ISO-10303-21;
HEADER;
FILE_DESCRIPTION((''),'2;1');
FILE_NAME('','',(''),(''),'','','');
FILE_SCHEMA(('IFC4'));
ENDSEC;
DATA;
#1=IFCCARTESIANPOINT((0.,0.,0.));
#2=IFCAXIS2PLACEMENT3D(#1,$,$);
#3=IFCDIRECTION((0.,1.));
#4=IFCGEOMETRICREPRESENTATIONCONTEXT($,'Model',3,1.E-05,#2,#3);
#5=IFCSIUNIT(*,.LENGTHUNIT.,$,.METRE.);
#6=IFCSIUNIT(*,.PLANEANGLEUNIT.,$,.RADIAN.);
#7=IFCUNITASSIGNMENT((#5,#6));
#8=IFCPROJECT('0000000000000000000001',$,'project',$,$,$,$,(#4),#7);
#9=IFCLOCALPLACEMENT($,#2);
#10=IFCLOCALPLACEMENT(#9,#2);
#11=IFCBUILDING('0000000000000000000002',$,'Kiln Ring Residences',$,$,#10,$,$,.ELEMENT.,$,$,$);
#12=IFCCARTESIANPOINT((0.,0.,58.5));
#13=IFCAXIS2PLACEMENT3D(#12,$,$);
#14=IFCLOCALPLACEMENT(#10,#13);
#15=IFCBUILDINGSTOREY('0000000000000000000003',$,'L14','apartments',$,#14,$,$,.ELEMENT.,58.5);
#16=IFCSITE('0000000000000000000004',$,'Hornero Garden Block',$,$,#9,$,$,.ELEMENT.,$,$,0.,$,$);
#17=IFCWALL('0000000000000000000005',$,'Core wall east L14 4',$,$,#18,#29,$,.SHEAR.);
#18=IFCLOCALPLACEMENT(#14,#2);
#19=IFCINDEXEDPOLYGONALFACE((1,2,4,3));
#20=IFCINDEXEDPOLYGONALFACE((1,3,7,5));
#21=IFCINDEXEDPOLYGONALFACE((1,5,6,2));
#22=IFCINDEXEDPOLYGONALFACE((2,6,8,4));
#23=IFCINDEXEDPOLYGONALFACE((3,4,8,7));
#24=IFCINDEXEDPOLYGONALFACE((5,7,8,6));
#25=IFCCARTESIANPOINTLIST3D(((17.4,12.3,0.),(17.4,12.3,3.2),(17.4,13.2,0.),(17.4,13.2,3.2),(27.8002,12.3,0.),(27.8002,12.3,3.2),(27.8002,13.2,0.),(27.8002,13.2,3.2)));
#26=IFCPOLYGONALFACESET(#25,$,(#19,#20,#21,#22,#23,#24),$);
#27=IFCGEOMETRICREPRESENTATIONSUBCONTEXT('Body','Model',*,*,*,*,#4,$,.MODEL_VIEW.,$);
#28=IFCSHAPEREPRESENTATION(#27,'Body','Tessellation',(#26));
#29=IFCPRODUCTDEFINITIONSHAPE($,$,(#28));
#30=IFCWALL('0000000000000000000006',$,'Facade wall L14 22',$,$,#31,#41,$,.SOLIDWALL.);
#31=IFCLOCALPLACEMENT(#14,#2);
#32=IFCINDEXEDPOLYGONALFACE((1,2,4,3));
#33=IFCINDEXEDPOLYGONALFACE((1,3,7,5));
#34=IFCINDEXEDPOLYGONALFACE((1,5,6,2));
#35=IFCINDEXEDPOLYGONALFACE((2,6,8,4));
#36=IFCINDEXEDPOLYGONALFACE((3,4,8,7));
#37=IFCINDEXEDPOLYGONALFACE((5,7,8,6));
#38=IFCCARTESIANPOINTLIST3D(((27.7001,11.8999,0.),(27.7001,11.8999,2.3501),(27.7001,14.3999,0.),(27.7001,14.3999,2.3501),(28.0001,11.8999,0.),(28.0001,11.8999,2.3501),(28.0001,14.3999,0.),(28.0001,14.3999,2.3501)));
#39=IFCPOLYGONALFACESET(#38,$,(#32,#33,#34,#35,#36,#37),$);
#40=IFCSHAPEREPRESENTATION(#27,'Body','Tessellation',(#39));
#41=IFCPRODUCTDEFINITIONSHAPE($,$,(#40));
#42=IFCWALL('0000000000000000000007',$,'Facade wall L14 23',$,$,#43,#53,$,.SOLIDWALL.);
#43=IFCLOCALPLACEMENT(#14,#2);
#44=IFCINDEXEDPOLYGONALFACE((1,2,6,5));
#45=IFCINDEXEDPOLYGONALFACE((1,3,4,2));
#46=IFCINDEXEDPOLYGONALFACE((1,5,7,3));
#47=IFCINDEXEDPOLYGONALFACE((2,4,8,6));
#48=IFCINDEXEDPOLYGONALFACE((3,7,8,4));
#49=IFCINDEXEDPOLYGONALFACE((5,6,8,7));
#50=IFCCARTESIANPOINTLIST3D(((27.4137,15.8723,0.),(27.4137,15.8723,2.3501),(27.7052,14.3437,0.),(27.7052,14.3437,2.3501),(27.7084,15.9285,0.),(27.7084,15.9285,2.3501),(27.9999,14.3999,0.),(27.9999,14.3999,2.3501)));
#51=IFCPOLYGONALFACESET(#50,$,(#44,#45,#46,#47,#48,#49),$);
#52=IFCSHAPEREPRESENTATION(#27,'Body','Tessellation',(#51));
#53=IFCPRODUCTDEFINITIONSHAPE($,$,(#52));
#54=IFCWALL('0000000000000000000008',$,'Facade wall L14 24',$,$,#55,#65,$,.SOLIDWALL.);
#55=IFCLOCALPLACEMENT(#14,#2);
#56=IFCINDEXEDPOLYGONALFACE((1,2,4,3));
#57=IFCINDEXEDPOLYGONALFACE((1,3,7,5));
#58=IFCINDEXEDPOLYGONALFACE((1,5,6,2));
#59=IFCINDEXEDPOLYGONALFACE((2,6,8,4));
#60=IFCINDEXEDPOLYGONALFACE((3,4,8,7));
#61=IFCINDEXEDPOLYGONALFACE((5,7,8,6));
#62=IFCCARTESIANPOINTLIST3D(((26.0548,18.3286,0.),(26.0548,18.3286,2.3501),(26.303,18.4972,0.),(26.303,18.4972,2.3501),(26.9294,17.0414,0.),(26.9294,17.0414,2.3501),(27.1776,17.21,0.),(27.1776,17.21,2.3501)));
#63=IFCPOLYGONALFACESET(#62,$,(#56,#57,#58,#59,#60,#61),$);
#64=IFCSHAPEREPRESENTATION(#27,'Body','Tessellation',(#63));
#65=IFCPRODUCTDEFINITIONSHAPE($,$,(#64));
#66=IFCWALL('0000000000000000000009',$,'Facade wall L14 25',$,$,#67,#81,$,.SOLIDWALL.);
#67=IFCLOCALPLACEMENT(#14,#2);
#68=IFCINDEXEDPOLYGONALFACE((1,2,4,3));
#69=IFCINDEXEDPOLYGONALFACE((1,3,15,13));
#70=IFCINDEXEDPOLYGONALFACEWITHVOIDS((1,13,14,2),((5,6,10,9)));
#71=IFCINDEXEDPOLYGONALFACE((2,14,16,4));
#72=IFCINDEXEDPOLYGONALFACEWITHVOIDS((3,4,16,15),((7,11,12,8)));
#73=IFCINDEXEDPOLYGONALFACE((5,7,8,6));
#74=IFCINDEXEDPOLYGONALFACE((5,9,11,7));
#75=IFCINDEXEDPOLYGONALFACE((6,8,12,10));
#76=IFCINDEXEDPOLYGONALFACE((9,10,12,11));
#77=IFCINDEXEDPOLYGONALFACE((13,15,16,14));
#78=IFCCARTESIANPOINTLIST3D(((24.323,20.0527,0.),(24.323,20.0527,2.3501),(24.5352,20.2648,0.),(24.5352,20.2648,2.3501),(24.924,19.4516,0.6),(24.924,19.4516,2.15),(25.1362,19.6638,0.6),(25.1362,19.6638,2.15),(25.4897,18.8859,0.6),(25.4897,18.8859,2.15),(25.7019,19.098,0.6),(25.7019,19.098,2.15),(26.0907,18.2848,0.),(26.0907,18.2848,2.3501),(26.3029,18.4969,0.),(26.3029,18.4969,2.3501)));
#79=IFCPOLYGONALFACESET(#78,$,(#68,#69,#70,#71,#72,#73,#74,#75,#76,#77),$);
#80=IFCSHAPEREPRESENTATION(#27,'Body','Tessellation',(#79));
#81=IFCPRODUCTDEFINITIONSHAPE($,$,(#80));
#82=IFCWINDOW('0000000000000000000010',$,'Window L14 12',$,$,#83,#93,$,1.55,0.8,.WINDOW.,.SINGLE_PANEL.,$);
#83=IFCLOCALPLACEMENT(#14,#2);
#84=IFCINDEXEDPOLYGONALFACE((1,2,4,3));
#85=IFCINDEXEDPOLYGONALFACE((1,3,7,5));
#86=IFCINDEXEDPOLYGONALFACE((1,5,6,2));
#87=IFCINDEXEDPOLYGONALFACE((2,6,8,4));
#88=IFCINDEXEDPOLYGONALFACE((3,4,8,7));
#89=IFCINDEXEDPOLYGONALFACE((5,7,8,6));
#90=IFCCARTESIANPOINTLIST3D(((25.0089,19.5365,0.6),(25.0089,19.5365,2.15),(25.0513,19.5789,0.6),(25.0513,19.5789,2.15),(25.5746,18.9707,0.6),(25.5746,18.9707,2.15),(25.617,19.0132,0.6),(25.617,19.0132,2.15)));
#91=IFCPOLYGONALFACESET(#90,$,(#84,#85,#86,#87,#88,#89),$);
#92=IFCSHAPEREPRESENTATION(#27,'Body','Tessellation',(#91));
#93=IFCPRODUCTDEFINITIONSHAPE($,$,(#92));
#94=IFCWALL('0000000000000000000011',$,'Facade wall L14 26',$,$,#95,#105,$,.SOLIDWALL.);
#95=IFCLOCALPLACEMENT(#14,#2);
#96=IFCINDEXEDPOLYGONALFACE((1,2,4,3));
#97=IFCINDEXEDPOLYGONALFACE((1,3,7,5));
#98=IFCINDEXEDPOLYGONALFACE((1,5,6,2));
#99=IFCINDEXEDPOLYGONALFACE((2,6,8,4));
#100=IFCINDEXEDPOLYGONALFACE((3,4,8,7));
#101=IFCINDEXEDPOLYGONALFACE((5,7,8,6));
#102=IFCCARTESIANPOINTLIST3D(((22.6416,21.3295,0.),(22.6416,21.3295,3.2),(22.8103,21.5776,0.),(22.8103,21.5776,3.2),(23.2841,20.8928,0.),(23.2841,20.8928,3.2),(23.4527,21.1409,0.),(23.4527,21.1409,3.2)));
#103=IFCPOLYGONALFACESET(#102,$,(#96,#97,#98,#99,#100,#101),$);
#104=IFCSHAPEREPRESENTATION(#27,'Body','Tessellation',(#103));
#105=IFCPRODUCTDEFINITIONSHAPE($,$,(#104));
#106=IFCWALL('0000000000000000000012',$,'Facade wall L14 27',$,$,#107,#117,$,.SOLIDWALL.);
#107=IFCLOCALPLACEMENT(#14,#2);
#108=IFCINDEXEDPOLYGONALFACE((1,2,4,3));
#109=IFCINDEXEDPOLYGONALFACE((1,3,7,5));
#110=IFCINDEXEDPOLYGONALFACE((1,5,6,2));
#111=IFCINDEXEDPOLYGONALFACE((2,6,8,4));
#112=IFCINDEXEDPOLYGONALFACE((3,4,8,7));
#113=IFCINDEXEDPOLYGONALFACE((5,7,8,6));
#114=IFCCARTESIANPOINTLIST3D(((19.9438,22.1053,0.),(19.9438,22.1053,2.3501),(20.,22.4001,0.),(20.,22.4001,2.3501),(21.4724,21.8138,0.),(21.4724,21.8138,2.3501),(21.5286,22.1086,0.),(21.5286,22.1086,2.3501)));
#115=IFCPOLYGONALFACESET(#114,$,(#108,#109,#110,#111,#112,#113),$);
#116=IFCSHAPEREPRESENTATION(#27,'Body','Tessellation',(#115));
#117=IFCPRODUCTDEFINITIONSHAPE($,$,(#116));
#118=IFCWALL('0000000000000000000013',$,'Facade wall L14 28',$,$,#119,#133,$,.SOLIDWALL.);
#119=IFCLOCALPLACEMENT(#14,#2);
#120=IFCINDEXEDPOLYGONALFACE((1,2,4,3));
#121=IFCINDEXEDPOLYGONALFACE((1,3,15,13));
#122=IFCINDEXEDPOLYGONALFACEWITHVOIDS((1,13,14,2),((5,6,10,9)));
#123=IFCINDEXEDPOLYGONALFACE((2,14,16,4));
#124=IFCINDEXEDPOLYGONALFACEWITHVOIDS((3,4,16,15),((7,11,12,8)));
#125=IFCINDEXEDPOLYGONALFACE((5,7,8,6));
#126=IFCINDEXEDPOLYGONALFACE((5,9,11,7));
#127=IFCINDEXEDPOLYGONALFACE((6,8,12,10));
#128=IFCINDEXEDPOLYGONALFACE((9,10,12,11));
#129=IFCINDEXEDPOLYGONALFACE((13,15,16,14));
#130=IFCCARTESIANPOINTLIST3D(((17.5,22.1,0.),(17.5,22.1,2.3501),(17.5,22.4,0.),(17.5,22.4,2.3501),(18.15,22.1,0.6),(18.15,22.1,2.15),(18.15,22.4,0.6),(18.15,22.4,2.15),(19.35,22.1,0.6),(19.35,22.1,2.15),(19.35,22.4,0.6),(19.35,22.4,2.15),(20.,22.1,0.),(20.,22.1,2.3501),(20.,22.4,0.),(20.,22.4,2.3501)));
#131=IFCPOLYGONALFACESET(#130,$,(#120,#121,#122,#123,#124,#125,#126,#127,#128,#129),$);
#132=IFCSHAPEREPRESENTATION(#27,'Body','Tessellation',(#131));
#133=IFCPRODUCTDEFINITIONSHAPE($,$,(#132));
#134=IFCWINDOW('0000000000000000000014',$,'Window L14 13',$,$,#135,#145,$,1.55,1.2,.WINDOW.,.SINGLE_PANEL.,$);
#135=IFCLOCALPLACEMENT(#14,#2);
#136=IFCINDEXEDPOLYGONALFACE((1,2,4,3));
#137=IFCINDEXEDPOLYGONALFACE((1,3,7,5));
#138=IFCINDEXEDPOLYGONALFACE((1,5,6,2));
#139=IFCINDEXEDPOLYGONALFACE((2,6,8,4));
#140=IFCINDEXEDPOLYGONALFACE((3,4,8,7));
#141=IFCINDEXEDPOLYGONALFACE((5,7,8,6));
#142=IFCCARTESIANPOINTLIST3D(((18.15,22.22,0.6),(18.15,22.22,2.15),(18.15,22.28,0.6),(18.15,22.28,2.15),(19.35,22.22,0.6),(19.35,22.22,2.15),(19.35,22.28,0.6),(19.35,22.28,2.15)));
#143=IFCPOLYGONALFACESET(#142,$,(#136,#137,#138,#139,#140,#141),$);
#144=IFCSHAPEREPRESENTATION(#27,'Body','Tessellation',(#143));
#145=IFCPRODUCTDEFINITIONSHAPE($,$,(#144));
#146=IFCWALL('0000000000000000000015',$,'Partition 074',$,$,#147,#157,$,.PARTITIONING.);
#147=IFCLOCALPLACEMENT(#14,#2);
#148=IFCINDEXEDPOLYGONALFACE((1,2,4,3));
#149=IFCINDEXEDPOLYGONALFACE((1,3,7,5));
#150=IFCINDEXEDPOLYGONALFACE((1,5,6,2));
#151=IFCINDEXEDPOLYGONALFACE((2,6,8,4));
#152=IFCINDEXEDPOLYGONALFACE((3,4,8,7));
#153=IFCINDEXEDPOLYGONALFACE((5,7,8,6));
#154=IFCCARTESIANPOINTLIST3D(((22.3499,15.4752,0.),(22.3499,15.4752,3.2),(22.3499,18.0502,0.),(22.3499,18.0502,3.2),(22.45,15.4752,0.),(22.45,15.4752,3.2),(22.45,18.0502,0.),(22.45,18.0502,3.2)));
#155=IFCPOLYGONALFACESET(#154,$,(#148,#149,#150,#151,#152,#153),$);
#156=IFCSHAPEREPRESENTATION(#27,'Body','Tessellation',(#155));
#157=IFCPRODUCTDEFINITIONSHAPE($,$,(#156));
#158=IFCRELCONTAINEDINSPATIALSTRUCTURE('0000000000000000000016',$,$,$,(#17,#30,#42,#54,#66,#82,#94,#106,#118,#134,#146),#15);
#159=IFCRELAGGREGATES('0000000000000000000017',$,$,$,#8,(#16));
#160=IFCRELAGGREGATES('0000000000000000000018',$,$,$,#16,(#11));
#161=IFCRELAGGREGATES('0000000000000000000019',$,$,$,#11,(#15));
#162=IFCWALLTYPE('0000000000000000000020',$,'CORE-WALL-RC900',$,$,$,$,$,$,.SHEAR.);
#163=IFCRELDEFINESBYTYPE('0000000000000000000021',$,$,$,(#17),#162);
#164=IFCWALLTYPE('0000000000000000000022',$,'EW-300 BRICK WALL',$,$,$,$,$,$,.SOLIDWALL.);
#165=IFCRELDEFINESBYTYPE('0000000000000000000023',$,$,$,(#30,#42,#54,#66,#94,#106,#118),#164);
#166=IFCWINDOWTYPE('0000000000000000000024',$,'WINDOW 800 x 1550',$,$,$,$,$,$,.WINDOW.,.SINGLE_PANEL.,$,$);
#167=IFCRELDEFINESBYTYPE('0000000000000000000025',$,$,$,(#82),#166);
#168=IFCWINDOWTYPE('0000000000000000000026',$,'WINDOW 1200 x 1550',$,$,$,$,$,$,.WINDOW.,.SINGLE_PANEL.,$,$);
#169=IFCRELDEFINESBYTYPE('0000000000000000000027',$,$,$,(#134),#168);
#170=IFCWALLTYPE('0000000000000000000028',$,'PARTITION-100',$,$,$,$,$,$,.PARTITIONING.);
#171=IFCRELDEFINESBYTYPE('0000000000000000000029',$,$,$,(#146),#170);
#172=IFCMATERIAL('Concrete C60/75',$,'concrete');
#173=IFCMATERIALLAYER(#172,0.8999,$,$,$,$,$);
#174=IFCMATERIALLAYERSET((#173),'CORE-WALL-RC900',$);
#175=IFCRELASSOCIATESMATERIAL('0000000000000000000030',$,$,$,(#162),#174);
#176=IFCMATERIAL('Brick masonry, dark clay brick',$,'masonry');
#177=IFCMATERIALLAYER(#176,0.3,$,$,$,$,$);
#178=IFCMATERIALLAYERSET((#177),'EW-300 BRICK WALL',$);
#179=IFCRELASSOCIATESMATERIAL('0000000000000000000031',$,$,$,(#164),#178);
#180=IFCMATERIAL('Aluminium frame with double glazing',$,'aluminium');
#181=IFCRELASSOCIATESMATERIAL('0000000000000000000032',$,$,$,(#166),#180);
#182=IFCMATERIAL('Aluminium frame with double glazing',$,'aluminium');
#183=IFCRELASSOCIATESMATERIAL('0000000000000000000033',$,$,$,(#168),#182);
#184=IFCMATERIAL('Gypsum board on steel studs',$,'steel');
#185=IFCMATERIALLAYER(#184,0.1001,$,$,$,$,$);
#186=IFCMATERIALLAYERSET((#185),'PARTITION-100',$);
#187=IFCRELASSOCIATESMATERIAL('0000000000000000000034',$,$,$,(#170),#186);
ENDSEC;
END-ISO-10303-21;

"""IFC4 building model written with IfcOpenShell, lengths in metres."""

from ifc_helpers import new_model, si_unit, direction, frame, frame_2d, origin, place, context, subcontext, project, spatial, rectangle, extrude, material, layer, layer_set, type_object, element, fill, save


model = new_model("IFC4")

# Units and contexts
model_context = context("Model", 3, precision=1e-05, world=origin(), true_north=direction((0.0, 1.0)))
body_context = subcontext(model_context, "Body", "Model", "MODEL_VIEW")
ifc_project = project(units=[si_unit("LENGTHUNIT", "METRE"), si_unit("PLANEANGLEUNIT", "RADIAN")], contexts=[model_context])

# Site, building, storey
site_placement = place(None, origin())
site = spatial("IfcSite", under=ifc_project, at=site_placement, Name="Hornero Garden Block", CompositionType="ELEMENT", RefElevation=0.0)
building_placement = place(site_placement, origin())
building = spatial("IfcBuilding", under=site, at=building_placement, Name="Kiln Ring Residences", CompositionType="ELEMENT")
storey_placement = place(building_placement, frame((0.0, 0.0, 58.5)))
storey = spatial("IfcBuildingStorey", under=building, at=storey_placement, Name="L14", Description="apartments", CompositionType="ELEMENT", Elevation=58.5)

# Walls
ifc_material_1 = material(Name="Concrete C60/75", Category="concrete")
ifc_layer_1 = layer(ifc_material_1, 0.8999)
ifc_layer_set_1 = layer_set([ifc_layer_1], Name="CORE-WALL-RC900")
wall_type_1 = type_object("IfcWallType", Name="CORE-WALL-RC900", PredefinedType="SHEAR", material=ifc_layer_set_1)
wall_1_placement = place(storey_placement, frame((17.3999, 12.75, 0.0), z_axis=(0.0, 0.0, 1.0), x_axis=(1.0, 0.0, 0.0)))
element("IfcWall", 1, at=wall_1_placement, inside=storey, type_object=wall_type_1, Name="Core wall east L14 4", PredefinedType="SHEAR", context=body_context, shape_type="SweptSolid", body=[
    extrude(rectangle(XDim=10.4001, YDim=0.8999, at=frame_2d((5.2002, 0.0))), origin(), (0.0, 0.0, 1.0), 3.2),
])
ifc_material_2 = material(Name="Brick masonry, dark clay brick", Category="masonry")
ifc_layer_2 = layer(ifc_material_2, 0.3)
ifc_layer_set_2 = layer_set([ifc_layer_2], Name="EW-300 BRICK WALL")
wall_type_2 = type_object("IfcWallType", Name="EW-300 BRICK WALL", PredefinedType="SOLIDWALL", material=ifc_layer_set_2)
wall_2_placement = place(storey_placement, frame((27.8501, 11.8999, 0.0), z_axis=(0.0, 0.0, 1.0), x_axis=(0.0, 1.0, 0.0)))
element("IfcWall", 2, at=wall_2_placement, inside=storey, type_object=wall_type_2, Name="Facade wall L14 22", PredefinedType="SOLIDWALL", context=body_context, shape_type="SweptSolid", body=[
    extrude(rectangle(XDim=2.5, YDim=0.3, at=frame_2d((1.25, 0.0))), origin(), (0.0, 0.0, 1.0), 2.3501),
])
for number, where, z_axis, x_axis, name in (
    (3, (27.8525, 14.3718, 0.0), (0.0, 0.0, 1.0), (-0.187328, 0.982297, 0.0), "Facade wall L14 23"),
    (4, (27.0535, 17.1257, 0.0), (0.0, 0.0, 1.0), (-0.561992, 0.827142, 0.0), "Facade wall L14 24"),
):
    element("IfcWall", number, at=place(storey_placement, frame(where, z_axis=z_axis, x_axis=x_axis)), inside=storey, type_object=wall_type_2, Name=name, PredefinedType="SOLIDWALL", context=body_context, shape_type="SweptSolid", body=[
        extrude(rectangle(XDim=1.5562, YDim=0.3, at=frame_2d((0.7781, 0.0))), origin(), (0.0, 0.0, 1.0), 2.3501),
    ])

# Wall, opening, window
wall_3_placement = place(storey_placement, frame((26.1968, 18.3909, 0.0), z_axis=(0.0, 0.0, 1.0), x_axis=(-0.707058, 0.707156, 0.0)))
wall_3 = element("IfcWall", 5, at=wall_3_placement, inside=storey, type_object=wall_type_2, Name="Facade wall L14 25", PredefinedType="SOLIDWALL", context=body_context, shape_type="SweptSolid", body=[
    extrude(rectangle(XDim=2.5, YDim=0.3, at=frame_2d((1.25, 0.0))), origin(), (0.0, 0.0, 1.0), 2.3501),
])
opening_1_placement = place(wall_3_placement, frame((0.8501, 0.0, 0.6001)))
opening_1 = element("IfcOpeningElement", 6, at=opening_1_placement, cuts=wall_3, PredefinedType="OPENING", context=body_context, shape_type="SweptSolid", body=[
    extrude(rectangle(XDim=0.8, YDim=1.55, at=frame_2d((0.3999, 0.7749))), frame((0.0, 0.1599, 0.0), z_axis=(0.0, -1.0, 0.0), x_axis=(1.0, 0.0, 0.0)), (0.0, 0.0, 1.0), 0.3201),
])
ifc_material_3 = material(Name="Aluminium frame with double glazing", Category="aluminium")
window_type_1 = type_object("IfcWindowType", Name="WINDOW 800 x 1550", PartitioningType="SINGLE_PANEL", PredefinedType="WINDOW", material=ifc_material_3)
window_1_placement = place(opening_1_placement, origin())
window_1 = element("IfcWindow", 7, at=window_1_placement, inside=storey, type_object=window_type_1, Name="Window L14 12", OverallHeight=1.55, OverallWidth=0.8, PartitioningType="SINGLE_PANEL", PredefinedType="WINDOW", context=body_context, shape_type="SweptSolid", body=[
    extrude(rectangle(XDim=0.8, YDim=1.55, at=frame_2d((0.3999, 0.7749))), frame((0.0, 0.03, 0.0), z_axis=(0.0, -1.0, 0.0), x_axis=(1.0, 0.0, 0.0)), (0.0, 0.0, 1.0), 0.0601),
])
fill(opening_1, window_1)

# Walls
wall_4_placement = place(storey_placement, frame((23.3684, 21.0168, 0.0), z_axis=(0.0, 0.0, 1.0), x_axis=(-0.827038, 0.562147, 0.0)))
element("IfcWall", 8, at=wall_4_placement, inside=storey, type_object=wall_type_2, Name="Facade wall L14 26", PredefinedType="SOLIDWALL", context=body_context, shape_type="SweptSolid", body=[
    extrude(rectangle(XDim=0.7769, YDim=0.3, at=frame_2d((0.3884, 0.0))), origin(), (0.0, 0.0, 1.0), 3.2),
])
wall_5_placement = place(storey_placement, frame((21.5005, 21.9612, 0.0), z_axis=(0.0, 0.0, 1.0), x_axis=(-0.982297, 0.187328, 0.0)))
element("IfcWall", 9, at=wall_5_placement, inside=storey, type_object=wall_type_2, Name="Facade wall L14 27", PredefinedType="SOLIDWALL", context=body_context, shape_type="SweptSolid", body=[
    extrude(rectangle(XDim=1.5562, YDim=0.3, at=frame_2d((0.7781, 0.0))), origin(), (0.0, 0.0, 1.0), 2.3501),
])

# Wall, opening, window
wall_6_placement = place(storey_placement, frame((20.0, 22.25, 0.0), z_axis=(0.0, 0.0, 1.0), x_axis=(-1.0, 0.0, 0.0)))
wall_6 = element("IfcWall", 10, at=wall_6_placement, inside=storey, type_object=wall_type_2, Name="Facade wall L14 28", PredefinedType="SOLIDWALL", context=body_context, shape_type="SweptSolid", body=[
    extrude(rectangle(XDim=2.5, YDim=0.3, at=frame_2d((1.25, 0.0))), origin(), (0.0, 0.0, 1.0), 2.3501),
])
opening_2_placement = place(wall_6_placement, frame((0.6499, 0.0, 0.6001)))
opening_2 = element("IfcOpeningElement", 11, at=opening_2_placement, cuts=wall_6, PredefinedType="OPENING", context=body_context, shape_type="SweptSolid", body=[
    extrude(rectangle(XDim=1.2, YDim=1.55, at=frame_2d((0.6001, 0.7749))), frame((0.0, 0.1599, 0.0), z_axis=(0.0, -1.0, 0.0), x_axis=(1.0, 0.0, 0.0)), (0.0, 0.0, 1.0), 0.3201),
])
ifc_material_4 = material(Name="Aluminium frame with double glazing", Category="aluminium")
window_type_2 = type_object("IfcWindowType", Name="WINDOW 1200 x 1550", PartitioningType="SINGLE_PANEL", PredefinedType="WINDOW", material=ifc_material_4)
window_2_placement = place(opening_2_placement, origin())
window_2 = element("IfcWindow", 12, at=window_2_placement, inside=storey, type_object=window_type_2, Name="Window L14 13", OverallHeight=1.55, OverallWidth=1.2, PartitioningType="SINGLE_PANEL", PredefinedType="WINDOW", context=body_context, shape_type="SweptSolid", body=[
    extrude(rectangle(XDim=1.2, YDim=1.55, at=frame_2d((0.6001, 0.7749))), frame((0.0, 0.03, 0.0), z_axis=(0.0, -1.0, 0.0), x_axis=(1.0, 0.0, 0.0)), (0.0, 0.0, 1.0), 0.0601),
])
fill(opening_2, window_2)

# Wall
ifc_material_5 = material(Name="Gypsum board on steel studs", Category="steel")
ifc_layer_3 = layer(ifc_material_5, 0.1001)
ifc_layer_set_3 = layer_set([ifc_layer_3], Name="PARTITION-100")
wall_type_3 = type_object("IfcWallType", Name="PARTITION-100", PredefinedType="PARTITIONING", material=ifc_layer_set_3)
wall_7_placement = place(storey_placement, frame((22.3999, 15.4751, 0.0), z_axis=(0.0, 0.0, 1.0), x_axis=(0.0, 1.0, 0.0)))
element("IfcWall", 13, at=wall_7_placement, inside=storey, type_object=wall_type_3, Name="Partition 074", PredefinedType="PARTITIONING", context=body_context, shape_type="SweptSolid", body=[
    extrude(rectangle(XDim=2.575, YDim=0.1001, at=frame_2d((1.2876, 0.0))), origin(), (0.0, 0.0, 1.0), 3.2),
])

save(model, "model.ifc")
